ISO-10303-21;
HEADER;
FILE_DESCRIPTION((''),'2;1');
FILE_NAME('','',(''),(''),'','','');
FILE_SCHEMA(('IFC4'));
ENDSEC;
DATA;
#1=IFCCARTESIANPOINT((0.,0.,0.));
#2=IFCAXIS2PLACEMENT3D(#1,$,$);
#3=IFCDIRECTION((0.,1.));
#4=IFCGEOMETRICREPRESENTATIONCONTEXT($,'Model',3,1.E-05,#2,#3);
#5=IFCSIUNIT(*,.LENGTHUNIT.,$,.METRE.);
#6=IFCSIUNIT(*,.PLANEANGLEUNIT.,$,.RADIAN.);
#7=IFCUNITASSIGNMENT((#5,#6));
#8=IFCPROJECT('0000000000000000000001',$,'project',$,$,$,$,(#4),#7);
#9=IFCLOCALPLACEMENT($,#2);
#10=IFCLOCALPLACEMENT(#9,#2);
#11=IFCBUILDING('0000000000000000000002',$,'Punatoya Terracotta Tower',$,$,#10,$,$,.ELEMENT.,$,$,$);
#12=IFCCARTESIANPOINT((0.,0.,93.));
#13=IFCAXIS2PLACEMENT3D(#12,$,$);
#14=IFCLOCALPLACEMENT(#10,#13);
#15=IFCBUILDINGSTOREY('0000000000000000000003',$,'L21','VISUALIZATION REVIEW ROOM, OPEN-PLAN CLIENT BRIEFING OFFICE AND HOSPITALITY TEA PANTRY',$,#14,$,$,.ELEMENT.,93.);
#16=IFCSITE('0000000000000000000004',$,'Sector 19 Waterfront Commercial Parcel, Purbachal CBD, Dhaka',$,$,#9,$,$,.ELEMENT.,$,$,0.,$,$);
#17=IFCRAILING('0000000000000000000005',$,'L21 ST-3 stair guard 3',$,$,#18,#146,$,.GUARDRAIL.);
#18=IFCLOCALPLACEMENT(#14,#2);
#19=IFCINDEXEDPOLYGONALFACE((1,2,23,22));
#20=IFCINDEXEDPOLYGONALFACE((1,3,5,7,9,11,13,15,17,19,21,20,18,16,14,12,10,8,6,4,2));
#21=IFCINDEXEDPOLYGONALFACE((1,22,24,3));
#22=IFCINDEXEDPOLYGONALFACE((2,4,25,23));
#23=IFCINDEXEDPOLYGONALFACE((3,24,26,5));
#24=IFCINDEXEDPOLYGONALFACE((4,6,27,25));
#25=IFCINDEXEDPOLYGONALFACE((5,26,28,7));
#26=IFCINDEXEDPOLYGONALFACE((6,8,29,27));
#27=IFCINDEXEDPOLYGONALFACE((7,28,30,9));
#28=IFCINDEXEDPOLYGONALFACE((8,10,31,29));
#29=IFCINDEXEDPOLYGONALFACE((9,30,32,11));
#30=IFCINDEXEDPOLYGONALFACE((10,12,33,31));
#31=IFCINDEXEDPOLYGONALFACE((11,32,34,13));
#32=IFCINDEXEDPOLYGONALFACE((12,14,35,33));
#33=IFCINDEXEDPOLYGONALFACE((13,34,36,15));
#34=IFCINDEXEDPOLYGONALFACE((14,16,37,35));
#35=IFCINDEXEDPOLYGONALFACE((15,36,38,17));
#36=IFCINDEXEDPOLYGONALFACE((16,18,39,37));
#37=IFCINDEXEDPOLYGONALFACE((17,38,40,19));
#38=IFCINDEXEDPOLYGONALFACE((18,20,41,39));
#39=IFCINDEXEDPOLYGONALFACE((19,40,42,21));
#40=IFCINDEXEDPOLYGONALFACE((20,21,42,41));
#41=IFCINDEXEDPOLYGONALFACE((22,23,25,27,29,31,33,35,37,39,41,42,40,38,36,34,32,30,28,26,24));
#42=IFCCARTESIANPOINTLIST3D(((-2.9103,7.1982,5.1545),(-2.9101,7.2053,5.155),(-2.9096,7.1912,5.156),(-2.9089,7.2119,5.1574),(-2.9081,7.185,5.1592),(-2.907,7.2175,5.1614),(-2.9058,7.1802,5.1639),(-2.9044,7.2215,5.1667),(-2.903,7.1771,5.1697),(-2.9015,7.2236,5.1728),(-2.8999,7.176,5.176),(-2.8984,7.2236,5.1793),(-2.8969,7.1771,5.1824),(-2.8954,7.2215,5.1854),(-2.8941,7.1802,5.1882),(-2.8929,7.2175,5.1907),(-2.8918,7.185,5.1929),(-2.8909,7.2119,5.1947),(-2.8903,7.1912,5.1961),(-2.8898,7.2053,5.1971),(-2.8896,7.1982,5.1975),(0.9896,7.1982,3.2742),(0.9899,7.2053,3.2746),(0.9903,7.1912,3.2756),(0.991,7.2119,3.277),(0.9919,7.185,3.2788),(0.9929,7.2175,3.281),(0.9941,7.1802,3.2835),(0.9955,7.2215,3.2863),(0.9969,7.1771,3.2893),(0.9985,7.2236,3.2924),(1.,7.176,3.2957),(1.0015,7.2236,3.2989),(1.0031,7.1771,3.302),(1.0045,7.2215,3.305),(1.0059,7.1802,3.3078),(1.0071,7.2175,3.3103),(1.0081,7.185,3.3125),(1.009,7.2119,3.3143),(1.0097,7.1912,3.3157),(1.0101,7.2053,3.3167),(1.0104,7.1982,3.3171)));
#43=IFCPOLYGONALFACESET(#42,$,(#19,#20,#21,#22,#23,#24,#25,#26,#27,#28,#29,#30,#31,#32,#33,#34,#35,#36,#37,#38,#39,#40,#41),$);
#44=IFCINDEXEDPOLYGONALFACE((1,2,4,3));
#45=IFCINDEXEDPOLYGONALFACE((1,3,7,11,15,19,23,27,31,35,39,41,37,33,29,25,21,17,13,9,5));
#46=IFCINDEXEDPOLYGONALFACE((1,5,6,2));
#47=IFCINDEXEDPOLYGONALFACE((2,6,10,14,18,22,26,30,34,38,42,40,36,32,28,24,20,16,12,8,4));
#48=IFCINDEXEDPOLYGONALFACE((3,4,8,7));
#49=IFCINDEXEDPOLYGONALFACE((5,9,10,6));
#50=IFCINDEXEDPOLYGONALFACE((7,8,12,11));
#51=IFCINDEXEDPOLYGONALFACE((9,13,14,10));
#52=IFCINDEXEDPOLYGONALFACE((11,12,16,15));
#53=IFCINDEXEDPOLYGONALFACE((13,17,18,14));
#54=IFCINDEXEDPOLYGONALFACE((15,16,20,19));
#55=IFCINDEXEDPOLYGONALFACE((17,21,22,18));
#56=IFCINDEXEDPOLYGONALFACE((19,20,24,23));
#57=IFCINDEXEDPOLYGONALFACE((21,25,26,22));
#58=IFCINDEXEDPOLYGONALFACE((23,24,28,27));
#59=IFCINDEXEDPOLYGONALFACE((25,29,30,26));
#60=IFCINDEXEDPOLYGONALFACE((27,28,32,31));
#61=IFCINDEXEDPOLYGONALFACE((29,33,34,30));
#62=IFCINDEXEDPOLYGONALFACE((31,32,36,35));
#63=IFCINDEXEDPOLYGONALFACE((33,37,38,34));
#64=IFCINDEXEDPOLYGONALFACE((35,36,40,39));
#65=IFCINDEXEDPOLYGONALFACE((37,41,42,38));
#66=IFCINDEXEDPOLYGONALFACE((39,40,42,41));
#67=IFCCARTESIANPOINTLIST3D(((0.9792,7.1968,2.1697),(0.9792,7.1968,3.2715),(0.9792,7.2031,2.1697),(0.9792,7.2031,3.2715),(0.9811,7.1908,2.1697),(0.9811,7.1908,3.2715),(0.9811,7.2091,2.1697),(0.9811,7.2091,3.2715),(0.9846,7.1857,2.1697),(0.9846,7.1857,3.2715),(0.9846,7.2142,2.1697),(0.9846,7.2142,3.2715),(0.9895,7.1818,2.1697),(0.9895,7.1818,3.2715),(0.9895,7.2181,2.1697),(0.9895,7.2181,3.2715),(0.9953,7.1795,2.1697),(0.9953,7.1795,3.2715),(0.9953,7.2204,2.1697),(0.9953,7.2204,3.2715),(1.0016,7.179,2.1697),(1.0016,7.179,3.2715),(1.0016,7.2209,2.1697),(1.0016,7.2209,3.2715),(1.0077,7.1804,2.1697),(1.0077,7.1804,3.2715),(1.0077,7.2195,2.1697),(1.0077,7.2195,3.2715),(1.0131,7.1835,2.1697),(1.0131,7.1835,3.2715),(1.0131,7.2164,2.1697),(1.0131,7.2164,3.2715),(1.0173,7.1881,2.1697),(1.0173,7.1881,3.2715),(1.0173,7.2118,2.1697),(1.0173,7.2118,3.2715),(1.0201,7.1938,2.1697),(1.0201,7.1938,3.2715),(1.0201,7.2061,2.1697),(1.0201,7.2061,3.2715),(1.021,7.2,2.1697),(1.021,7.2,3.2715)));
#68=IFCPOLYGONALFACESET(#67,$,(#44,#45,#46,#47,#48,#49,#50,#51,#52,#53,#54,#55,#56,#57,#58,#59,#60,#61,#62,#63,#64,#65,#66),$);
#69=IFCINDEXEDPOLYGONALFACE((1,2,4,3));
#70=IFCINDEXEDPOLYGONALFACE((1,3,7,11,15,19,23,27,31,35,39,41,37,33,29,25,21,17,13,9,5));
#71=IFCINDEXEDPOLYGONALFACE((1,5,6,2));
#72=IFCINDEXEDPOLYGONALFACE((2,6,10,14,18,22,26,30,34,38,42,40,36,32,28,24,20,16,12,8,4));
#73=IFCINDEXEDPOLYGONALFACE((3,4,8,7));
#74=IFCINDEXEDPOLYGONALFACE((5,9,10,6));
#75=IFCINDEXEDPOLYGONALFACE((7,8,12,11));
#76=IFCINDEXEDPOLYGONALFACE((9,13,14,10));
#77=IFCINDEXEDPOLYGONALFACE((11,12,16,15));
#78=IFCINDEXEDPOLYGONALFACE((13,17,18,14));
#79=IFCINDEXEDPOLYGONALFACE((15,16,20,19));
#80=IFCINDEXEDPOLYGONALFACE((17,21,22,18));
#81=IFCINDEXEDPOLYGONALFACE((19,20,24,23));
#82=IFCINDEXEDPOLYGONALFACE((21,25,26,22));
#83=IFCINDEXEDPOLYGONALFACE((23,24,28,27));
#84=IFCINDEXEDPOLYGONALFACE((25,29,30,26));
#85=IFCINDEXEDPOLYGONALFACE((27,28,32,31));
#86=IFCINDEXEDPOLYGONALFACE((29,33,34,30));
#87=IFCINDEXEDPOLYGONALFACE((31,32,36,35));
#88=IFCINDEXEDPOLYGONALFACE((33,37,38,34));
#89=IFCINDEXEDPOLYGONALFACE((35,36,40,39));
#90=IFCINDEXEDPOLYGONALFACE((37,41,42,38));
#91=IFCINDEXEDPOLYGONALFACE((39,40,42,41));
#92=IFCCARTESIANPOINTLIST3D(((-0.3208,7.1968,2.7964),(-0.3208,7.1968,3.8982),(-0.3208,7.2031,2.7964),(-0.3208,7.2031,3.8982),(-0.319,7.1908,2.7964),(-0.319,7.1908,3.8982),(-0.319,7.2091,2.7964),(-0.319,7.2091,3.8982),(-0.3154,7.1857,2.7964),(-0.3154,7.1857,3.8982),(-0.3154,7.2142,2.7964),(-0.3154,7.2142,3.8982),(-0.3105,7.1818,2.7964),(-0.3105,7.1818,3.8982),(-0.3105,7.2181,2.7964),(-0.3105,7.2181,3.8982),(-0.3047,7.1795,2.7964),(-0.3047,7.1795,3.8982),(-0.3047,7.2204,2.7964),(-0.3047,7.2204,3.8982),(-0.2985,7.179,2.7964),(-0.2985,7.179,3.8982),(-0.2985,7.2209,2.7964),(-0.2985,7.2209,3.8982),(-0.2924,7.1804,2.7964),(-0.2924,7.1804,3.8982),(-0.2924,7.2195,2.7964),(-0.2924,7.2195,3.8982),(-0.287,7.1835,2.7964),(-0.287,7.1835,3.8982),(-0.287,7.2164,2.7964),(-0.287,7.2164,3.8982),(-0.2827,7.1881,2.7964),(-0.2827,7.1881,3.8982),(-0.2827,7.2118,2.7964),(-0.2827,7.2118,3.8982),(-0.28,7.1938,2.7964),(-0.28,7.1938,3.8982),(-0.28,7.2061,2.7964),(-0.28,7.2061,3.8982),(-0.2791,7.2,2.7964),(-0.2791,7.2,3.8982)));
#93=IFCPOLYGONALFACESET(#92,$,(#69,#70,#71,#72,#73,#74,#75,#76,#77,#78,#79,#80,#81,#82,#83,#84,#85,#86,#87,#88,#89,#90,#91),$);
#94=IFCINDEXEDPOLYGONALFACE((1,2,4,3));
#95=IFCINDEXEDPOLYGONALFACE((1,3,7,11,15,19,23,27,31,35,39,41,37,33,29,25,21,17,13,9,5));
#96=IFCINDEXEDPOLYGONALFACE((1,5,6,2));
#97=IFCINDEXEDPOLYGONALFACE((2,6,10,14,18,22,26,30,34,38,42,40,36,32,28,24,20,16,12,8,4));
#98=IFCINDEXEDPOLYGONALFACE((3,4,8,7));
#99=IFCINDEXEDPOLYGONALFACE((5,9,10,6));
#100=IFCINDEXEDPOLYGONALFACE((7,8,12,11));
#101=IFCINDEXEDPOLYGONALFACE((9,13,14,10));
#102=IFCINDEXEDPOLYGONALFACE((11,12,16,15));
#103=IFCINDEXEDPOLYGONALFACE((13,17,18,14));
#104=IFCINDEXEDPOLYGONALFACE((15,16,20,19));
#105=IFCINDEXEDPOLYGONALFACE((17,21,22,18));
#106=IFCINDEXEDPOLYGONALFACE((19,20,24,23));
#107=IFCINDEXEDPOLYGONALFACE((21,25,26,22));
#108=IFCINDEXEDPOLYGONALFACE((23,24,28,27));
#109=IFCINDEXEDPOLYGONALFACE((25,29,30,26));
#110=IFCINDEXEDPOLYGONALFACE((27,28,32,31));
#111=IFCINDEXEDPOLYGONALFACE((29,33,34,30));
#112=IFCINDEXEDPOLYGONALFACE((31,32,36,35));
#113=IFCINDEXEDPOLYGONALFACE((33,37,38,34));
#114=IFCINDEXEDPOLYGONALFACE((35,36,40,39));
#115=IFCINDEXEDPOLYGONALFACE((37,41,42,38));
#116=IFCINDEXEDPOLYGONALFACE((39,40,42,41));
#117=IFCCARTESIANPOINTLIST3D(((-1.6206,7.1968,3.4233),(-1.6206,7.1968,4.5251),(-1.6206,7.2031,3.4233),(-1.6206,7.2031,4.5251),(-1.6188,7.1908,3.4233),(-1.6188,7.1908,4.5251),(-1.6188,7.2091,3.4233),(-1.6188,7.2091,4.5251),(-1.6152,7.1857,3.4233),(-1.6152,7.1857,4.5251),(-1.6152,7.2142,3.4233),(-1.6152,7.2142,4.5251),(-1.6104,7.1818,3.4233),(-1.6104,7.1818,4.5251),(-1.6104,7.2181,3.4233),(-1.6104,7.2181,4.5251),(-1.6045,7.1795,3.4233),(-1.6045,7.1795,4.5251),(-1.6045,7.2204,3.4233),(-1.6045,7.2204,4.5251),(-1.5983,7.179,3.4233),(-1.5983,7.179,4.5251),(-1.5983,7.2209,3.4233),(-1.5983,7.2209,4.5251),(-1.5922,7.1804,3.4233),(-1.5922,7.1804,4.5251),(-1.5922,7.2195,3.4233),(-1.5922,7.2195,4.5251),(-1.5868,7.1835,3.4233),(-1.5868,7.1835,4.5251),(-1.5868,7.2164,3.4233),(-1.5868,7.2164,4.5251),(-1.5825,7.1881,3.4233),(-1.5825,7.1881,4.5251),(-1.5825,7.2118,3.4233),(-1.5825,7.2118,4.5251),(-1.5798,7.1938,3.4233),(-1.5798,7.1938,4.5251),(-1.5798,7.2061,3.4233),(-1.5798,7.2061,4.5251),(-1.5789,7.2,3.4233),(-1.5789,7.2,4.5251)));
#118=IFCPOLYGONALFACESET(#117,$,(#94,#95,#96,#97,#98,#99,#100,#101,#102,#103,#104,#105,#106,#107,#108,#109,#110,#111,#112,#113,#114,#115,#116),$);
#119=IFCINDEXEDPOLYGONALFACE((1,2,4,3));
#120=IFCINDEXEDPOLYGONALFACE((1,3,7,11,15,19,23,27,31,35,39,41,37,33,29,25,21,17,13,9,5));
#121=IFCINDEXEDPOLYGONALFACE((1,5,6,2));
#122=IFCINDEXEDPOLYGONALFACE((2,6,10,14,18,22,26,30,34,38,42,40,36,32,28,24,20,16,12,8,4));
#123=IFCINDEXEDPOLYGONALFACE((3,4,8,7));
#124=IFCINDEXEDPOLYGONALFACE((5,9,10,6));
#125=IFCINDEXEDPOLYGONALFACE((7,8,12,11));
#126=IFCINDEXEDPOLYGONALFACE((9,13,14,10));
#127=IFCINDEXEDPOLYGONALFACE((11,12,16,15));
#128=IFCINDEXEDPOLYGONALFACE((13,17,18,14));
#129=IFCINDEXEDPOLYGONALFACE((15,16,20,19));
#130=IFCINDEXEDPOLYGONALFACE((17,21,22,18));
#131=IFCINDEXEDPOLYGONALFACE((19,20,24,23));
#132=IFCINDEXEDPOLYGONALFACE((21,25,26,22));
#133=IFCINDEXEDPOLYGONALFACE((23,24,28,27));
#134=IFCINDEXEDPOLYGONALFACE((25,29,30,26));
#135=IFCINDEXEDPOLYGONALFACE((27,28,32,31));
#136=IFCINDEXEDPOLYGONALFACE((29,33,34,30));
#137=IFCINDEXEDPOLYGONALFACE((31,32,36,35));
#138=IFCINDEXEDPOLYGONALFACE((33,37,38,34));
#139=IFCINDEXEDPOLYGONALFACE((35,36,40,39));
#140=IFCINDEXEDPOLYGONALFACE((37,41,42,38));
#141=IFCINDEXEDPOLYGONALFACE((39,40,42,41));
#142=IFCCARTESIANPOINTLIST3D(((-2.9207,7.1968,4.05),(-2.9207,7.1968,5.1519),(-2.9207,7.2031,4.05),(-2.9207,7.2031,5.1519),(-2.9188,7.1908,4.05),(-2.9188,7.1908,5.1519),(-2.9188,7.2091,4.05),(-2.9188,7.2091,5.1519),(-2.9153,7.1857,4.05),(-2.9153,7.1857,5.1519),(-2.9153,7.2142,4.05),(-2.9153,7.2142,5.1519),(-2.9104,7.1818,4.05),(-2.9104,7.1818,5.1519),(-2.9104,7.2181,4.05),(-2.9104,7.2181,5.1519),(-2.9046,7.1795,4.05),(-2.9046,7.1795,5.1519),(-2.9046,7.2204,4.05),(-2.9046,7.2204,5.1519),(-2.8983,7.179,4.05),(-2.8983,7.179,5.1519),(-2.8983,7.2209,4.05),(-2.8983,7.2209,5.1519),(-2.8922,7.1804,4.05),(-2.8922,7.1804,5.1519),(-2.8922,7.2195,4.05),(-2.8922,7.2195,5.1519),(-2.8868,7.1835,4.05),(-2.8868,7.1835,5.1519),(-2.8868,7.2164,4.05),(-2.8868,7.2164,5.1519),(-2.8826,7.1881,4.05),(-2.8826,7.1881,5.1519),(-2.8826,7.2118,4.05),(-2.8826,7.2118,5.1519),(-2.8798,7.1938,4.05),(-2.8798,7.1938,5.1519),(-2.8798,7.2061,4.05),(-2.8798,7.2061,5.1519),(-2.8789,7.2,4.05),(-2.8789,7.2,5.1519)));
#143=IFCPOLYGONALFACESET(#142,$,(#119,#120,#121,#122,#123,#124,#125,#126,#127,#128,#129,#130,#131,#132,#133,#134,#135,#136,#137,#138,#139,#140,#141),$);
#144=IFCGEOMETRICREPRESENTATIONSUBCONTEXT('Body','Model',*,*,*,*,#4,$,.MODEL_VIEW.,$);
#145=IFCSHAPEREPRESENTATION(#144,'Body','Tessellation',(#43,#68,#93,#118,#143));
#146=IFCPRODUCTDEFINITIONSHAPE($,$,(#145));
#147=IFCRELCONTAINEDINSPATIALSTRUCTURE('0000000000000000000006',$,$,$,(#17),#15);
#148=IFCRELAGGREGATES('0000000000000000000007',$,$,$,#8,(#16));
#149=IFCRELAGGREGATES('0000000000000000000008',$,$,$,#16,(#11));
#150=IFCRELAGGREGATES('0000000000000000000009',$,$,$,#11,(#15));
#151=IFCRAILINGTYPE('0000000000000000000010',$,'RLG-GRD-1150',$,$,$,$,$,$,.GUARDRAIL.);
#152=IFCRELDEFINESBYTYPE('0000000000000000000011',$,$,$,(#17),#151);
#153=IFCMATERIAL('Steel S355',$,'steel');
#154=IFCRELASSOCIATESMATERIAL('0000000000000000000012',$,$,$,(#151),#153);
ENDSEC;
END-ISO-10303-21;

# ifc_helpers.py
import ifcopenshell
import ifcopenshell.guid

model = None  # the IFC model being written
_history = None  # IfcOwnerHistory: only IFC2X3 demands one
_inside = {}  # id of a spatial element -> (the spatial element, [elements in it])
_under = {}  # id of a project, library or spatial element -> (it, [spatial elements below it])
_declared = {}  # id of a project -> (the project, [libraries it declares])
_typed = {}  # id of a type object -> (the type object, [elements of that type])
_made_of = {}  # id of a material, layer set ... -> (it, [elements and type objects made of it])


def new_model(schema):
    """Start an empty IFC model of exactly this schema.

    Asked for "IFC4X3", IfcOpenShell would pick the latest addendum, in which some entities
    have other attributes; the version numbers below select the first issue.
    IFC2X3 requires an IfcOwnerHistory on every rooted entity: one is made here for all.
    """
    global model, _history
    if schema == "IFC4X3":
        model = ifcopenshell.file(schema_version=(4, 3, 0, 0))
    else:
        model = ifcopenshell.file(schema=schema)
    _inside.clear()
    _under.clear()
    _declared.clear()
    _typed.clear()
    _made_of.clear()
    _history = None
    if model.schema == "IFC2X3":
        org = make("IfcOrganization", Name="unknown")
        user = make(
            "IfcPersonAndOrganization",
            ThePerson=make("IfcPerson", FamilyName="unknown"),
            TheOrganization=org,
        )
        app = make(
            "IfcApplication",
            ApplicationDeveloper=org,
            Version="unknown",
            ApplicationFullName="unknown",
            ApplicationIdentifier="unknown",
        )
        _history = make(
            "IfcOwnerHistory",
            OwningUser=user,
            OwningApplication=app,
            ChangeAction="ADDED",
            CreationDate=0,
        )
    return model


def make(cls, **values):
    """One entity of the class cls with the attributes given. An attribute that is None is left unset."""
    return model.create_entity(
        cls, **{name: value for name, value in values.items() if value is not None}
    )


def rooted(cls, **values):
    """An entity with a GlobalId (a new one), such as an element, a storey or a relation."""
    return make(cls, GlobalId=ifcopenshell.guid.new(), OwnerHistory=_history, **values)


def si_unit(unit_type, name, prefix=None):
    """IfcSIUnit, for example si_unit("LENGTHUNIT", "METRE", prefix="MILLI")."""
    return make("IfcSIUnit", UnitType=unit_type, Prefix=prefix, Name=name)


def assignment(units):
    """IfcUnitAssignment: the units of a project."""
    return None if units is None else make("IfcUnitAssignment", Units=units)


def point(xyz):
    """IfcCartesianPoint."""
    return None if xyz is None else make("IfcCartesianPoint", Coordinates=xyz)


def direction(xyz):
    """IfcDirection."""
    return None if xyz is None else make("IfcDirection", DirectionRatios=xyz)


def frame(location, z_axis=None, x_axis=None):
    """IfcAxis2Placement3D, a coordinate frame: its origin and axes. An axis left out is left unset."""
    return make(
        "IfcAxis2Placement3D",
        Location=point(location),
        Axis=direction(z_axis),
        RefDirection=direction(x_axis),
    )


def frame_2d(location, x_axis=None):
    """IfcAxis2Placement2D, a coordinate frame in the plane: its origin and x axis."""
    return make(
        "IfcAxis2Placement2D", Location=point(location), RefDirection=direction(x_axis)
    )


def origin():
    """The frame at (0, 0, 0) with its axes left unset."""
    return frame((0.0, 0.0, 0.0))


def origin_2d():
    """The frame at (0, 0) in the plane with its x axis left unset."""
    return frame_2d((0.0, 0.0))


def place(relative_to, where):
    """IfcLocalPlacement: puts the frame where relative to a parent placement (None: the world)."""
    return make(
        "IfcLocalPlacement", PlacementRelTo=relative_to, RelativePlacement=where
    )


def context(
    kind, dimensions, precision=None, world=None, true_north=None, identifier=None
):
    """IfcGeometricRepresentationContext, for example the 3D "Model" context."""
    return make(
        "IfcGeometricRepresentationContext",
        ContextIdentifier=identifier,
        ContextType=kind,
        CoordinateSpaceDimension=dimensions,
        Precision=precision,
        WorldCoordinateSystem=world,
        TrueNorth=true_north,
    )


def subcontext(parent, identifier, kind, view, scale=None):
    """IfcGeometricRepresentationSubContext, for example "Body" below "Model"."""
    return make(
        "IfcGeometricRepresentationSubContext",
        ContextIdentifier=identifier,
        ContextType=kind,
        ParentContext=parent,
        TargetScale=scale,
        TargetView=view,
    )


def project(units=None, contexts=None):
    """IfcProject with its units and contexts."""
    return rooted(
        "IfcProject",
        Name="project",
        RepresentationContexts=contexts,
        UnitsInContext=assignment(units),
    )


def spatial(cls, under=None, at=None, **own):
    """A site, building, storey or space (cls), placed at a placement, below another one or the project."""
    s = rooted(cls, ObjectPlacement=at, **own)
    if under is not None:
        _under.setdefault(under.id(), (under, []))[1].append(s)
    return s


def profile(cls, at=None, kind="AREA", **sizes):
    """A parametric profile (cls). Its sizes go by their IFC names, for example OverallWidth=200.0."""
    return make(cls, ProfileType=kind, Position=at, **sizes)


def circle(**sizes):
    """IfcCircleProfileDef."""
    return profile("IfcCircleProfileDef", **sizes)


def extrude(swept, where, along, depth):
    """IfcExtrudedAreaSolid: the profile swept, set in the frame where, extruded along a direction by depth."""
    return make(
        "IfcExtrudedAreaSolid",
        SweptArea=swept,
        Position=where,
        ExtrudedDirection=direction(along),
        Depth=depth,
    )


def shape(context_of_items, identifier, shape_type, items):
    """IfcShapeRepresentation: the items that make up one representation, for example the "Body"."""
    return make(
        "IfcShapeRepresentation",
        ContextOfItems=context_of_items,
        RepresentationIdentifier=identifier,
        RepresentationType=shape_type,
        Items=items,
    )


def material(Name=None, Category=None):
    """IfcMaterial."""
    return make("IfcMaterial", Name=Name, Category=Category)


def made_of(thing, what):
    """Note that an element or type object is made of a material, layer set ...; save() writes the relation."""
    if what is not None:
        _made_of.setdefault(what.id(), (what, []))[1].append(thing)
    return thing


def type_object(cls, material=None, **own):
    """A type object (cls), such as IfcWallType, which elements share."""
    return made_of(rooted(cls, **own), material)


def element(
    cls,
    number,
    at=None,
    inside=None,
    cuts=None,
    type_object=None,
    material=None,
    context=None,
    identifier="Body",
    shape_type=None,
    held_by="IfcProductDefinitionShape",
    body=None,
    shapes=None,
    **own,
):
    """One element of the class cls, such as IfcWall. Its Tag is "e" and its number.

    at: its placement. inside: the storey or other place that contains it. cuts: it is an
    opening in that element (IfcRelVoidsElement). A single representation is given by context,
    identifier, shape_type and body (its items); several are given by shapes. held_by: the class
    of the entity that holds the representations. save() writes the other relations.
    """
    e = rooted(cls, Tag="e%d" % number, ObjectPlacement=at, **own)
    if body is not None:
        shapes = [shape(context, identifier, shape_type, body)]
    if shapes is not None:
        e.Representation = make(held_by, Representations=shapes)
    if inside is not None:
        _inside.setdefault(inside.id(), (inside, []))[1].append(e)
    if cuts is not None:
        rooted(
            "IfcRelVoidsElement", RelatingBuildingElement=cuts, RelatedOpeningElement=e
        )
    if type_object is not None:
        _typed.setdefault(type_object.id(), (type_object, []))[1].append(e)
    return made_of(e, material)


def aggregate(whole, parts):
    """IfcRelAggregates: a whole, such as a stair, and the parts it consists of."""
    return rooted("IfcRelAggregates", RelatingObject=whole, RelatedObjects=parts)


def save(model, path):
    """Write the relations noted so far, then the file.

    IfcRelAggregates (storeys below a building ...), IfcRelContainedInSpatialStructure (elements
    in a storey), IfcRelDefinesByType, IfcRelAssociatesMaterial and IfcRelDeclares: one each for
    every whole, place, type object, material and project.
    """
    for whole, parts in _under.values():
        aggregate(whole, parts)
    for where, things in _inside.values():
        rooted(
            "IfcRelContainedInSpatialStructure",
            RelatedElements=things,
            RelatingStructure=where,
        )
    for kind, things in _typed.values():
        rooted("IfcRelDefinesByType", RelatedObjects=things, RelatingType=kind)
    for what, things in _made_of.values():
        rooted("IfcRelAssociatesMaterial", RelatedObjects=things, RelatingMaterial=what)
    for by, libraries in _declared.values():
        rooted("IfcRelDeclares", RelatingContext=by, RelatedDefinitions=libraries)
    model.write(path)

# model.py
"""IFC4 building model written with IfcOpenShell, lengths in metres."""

from ifc_helpers import new_model, si_unit, direction, frame, origin, origin_2d, place, context, subcontext, project, spatial, circle, extrude, material, type_object, element, save


model = new_model("IFC4")

# Units and contexts
model_context = context("Model", 3, precision=1e-05, world=origin(), true_north=direction((0.0, 1.0)))
body_context = subcontext(model_context, "Body", "Model", "MODEL_VIEW")
ifc_project = project(units=[si_unit("LENGTHUNIT", "METRE"), si_unit("PLANEANGLEUNIT", "RADIAN")], contexts=[model_context])

# Site, building, storey
site_placement = place(None, origin())
site = spatial("IfcSite", under=ifc_project, at=site_placement, Name="Sector 19 Waterfront Commercial Parcel, Purbachal CBD, Dhaka", CompositionType="ELEMENT", RefElevation=0.0)
building_placement = place(site_placement, origin())
building = spatial("IfcBuilding", under=site, at=building_placement, Name="Punatoya Terracotta Tower", CompositionType="ELEMENT")
storey_placement = place(building_placement, frame((0.0, 0.0, 93.0)))
storey = spatial("IfcBuildingStorey", under=building, at=storey_placement, Name="L21", Description="VISUALIZATION REVIEW ROOM, OPEN-PLAN CLIENT BRIEFING OFFICE AND HOSPITALITY TEA PANTRY", CompositionType="ELEMENT", Elevation=93.0)

# Shared definitions
ifc_material_1 = material(Name="Steel S355", Category="steel")

# Railing
railing_type_1 = type_object("IfcRailingType", Name="RLG-GRD-1150", PredefinedType="GUARDRAIL", material=ifc_material_1)
railing_1_placement = place(storey_placement, frame((1.0, 7.2, 2.1697)))
element("IfcRailing", 1, at=railing_1_placement, inside=storey, type_object=railing_type_1, Name="L21 ST-3 stair guard 3", PredefinedType="GUARDRAIL", context=body_context, shape_type="SweptSolid", body=[
    extrude(circle(Radius=0.0239, at=origin_2d()), frame((0.0, 0.0, 1.126), z_axis=(-0.900763, 0.0, 0.434311), x_axis=(0.0, -1.0, 0.0)), (0.0, 0.0, 1.0), 4.3296),
    extrude(circle(Radius=0.021, at=origin_2d()), origin(), (0.0, 0.0, 1.0), 1.1018),
    extrude(circle(Radius=0.021, at=origin_2d()), frame((-1.3, 0.0, 0.6267)), (0.0, 0.0, 1.0), 1.1018),
    extrude(circle(Radius=0.021, at=origin_2d()), frame((-2.5999, 0.0, 1.2537)), (0.0, 0.0, 1.0), 1.1018),
    extrude(circle(Radius=0.021, at=origin_2d()), frame((-3.8999, 0.0, 1.8804)), (0.0, 0.0, 1.0), 1.1018),
])

save(model, "model.ifc")
